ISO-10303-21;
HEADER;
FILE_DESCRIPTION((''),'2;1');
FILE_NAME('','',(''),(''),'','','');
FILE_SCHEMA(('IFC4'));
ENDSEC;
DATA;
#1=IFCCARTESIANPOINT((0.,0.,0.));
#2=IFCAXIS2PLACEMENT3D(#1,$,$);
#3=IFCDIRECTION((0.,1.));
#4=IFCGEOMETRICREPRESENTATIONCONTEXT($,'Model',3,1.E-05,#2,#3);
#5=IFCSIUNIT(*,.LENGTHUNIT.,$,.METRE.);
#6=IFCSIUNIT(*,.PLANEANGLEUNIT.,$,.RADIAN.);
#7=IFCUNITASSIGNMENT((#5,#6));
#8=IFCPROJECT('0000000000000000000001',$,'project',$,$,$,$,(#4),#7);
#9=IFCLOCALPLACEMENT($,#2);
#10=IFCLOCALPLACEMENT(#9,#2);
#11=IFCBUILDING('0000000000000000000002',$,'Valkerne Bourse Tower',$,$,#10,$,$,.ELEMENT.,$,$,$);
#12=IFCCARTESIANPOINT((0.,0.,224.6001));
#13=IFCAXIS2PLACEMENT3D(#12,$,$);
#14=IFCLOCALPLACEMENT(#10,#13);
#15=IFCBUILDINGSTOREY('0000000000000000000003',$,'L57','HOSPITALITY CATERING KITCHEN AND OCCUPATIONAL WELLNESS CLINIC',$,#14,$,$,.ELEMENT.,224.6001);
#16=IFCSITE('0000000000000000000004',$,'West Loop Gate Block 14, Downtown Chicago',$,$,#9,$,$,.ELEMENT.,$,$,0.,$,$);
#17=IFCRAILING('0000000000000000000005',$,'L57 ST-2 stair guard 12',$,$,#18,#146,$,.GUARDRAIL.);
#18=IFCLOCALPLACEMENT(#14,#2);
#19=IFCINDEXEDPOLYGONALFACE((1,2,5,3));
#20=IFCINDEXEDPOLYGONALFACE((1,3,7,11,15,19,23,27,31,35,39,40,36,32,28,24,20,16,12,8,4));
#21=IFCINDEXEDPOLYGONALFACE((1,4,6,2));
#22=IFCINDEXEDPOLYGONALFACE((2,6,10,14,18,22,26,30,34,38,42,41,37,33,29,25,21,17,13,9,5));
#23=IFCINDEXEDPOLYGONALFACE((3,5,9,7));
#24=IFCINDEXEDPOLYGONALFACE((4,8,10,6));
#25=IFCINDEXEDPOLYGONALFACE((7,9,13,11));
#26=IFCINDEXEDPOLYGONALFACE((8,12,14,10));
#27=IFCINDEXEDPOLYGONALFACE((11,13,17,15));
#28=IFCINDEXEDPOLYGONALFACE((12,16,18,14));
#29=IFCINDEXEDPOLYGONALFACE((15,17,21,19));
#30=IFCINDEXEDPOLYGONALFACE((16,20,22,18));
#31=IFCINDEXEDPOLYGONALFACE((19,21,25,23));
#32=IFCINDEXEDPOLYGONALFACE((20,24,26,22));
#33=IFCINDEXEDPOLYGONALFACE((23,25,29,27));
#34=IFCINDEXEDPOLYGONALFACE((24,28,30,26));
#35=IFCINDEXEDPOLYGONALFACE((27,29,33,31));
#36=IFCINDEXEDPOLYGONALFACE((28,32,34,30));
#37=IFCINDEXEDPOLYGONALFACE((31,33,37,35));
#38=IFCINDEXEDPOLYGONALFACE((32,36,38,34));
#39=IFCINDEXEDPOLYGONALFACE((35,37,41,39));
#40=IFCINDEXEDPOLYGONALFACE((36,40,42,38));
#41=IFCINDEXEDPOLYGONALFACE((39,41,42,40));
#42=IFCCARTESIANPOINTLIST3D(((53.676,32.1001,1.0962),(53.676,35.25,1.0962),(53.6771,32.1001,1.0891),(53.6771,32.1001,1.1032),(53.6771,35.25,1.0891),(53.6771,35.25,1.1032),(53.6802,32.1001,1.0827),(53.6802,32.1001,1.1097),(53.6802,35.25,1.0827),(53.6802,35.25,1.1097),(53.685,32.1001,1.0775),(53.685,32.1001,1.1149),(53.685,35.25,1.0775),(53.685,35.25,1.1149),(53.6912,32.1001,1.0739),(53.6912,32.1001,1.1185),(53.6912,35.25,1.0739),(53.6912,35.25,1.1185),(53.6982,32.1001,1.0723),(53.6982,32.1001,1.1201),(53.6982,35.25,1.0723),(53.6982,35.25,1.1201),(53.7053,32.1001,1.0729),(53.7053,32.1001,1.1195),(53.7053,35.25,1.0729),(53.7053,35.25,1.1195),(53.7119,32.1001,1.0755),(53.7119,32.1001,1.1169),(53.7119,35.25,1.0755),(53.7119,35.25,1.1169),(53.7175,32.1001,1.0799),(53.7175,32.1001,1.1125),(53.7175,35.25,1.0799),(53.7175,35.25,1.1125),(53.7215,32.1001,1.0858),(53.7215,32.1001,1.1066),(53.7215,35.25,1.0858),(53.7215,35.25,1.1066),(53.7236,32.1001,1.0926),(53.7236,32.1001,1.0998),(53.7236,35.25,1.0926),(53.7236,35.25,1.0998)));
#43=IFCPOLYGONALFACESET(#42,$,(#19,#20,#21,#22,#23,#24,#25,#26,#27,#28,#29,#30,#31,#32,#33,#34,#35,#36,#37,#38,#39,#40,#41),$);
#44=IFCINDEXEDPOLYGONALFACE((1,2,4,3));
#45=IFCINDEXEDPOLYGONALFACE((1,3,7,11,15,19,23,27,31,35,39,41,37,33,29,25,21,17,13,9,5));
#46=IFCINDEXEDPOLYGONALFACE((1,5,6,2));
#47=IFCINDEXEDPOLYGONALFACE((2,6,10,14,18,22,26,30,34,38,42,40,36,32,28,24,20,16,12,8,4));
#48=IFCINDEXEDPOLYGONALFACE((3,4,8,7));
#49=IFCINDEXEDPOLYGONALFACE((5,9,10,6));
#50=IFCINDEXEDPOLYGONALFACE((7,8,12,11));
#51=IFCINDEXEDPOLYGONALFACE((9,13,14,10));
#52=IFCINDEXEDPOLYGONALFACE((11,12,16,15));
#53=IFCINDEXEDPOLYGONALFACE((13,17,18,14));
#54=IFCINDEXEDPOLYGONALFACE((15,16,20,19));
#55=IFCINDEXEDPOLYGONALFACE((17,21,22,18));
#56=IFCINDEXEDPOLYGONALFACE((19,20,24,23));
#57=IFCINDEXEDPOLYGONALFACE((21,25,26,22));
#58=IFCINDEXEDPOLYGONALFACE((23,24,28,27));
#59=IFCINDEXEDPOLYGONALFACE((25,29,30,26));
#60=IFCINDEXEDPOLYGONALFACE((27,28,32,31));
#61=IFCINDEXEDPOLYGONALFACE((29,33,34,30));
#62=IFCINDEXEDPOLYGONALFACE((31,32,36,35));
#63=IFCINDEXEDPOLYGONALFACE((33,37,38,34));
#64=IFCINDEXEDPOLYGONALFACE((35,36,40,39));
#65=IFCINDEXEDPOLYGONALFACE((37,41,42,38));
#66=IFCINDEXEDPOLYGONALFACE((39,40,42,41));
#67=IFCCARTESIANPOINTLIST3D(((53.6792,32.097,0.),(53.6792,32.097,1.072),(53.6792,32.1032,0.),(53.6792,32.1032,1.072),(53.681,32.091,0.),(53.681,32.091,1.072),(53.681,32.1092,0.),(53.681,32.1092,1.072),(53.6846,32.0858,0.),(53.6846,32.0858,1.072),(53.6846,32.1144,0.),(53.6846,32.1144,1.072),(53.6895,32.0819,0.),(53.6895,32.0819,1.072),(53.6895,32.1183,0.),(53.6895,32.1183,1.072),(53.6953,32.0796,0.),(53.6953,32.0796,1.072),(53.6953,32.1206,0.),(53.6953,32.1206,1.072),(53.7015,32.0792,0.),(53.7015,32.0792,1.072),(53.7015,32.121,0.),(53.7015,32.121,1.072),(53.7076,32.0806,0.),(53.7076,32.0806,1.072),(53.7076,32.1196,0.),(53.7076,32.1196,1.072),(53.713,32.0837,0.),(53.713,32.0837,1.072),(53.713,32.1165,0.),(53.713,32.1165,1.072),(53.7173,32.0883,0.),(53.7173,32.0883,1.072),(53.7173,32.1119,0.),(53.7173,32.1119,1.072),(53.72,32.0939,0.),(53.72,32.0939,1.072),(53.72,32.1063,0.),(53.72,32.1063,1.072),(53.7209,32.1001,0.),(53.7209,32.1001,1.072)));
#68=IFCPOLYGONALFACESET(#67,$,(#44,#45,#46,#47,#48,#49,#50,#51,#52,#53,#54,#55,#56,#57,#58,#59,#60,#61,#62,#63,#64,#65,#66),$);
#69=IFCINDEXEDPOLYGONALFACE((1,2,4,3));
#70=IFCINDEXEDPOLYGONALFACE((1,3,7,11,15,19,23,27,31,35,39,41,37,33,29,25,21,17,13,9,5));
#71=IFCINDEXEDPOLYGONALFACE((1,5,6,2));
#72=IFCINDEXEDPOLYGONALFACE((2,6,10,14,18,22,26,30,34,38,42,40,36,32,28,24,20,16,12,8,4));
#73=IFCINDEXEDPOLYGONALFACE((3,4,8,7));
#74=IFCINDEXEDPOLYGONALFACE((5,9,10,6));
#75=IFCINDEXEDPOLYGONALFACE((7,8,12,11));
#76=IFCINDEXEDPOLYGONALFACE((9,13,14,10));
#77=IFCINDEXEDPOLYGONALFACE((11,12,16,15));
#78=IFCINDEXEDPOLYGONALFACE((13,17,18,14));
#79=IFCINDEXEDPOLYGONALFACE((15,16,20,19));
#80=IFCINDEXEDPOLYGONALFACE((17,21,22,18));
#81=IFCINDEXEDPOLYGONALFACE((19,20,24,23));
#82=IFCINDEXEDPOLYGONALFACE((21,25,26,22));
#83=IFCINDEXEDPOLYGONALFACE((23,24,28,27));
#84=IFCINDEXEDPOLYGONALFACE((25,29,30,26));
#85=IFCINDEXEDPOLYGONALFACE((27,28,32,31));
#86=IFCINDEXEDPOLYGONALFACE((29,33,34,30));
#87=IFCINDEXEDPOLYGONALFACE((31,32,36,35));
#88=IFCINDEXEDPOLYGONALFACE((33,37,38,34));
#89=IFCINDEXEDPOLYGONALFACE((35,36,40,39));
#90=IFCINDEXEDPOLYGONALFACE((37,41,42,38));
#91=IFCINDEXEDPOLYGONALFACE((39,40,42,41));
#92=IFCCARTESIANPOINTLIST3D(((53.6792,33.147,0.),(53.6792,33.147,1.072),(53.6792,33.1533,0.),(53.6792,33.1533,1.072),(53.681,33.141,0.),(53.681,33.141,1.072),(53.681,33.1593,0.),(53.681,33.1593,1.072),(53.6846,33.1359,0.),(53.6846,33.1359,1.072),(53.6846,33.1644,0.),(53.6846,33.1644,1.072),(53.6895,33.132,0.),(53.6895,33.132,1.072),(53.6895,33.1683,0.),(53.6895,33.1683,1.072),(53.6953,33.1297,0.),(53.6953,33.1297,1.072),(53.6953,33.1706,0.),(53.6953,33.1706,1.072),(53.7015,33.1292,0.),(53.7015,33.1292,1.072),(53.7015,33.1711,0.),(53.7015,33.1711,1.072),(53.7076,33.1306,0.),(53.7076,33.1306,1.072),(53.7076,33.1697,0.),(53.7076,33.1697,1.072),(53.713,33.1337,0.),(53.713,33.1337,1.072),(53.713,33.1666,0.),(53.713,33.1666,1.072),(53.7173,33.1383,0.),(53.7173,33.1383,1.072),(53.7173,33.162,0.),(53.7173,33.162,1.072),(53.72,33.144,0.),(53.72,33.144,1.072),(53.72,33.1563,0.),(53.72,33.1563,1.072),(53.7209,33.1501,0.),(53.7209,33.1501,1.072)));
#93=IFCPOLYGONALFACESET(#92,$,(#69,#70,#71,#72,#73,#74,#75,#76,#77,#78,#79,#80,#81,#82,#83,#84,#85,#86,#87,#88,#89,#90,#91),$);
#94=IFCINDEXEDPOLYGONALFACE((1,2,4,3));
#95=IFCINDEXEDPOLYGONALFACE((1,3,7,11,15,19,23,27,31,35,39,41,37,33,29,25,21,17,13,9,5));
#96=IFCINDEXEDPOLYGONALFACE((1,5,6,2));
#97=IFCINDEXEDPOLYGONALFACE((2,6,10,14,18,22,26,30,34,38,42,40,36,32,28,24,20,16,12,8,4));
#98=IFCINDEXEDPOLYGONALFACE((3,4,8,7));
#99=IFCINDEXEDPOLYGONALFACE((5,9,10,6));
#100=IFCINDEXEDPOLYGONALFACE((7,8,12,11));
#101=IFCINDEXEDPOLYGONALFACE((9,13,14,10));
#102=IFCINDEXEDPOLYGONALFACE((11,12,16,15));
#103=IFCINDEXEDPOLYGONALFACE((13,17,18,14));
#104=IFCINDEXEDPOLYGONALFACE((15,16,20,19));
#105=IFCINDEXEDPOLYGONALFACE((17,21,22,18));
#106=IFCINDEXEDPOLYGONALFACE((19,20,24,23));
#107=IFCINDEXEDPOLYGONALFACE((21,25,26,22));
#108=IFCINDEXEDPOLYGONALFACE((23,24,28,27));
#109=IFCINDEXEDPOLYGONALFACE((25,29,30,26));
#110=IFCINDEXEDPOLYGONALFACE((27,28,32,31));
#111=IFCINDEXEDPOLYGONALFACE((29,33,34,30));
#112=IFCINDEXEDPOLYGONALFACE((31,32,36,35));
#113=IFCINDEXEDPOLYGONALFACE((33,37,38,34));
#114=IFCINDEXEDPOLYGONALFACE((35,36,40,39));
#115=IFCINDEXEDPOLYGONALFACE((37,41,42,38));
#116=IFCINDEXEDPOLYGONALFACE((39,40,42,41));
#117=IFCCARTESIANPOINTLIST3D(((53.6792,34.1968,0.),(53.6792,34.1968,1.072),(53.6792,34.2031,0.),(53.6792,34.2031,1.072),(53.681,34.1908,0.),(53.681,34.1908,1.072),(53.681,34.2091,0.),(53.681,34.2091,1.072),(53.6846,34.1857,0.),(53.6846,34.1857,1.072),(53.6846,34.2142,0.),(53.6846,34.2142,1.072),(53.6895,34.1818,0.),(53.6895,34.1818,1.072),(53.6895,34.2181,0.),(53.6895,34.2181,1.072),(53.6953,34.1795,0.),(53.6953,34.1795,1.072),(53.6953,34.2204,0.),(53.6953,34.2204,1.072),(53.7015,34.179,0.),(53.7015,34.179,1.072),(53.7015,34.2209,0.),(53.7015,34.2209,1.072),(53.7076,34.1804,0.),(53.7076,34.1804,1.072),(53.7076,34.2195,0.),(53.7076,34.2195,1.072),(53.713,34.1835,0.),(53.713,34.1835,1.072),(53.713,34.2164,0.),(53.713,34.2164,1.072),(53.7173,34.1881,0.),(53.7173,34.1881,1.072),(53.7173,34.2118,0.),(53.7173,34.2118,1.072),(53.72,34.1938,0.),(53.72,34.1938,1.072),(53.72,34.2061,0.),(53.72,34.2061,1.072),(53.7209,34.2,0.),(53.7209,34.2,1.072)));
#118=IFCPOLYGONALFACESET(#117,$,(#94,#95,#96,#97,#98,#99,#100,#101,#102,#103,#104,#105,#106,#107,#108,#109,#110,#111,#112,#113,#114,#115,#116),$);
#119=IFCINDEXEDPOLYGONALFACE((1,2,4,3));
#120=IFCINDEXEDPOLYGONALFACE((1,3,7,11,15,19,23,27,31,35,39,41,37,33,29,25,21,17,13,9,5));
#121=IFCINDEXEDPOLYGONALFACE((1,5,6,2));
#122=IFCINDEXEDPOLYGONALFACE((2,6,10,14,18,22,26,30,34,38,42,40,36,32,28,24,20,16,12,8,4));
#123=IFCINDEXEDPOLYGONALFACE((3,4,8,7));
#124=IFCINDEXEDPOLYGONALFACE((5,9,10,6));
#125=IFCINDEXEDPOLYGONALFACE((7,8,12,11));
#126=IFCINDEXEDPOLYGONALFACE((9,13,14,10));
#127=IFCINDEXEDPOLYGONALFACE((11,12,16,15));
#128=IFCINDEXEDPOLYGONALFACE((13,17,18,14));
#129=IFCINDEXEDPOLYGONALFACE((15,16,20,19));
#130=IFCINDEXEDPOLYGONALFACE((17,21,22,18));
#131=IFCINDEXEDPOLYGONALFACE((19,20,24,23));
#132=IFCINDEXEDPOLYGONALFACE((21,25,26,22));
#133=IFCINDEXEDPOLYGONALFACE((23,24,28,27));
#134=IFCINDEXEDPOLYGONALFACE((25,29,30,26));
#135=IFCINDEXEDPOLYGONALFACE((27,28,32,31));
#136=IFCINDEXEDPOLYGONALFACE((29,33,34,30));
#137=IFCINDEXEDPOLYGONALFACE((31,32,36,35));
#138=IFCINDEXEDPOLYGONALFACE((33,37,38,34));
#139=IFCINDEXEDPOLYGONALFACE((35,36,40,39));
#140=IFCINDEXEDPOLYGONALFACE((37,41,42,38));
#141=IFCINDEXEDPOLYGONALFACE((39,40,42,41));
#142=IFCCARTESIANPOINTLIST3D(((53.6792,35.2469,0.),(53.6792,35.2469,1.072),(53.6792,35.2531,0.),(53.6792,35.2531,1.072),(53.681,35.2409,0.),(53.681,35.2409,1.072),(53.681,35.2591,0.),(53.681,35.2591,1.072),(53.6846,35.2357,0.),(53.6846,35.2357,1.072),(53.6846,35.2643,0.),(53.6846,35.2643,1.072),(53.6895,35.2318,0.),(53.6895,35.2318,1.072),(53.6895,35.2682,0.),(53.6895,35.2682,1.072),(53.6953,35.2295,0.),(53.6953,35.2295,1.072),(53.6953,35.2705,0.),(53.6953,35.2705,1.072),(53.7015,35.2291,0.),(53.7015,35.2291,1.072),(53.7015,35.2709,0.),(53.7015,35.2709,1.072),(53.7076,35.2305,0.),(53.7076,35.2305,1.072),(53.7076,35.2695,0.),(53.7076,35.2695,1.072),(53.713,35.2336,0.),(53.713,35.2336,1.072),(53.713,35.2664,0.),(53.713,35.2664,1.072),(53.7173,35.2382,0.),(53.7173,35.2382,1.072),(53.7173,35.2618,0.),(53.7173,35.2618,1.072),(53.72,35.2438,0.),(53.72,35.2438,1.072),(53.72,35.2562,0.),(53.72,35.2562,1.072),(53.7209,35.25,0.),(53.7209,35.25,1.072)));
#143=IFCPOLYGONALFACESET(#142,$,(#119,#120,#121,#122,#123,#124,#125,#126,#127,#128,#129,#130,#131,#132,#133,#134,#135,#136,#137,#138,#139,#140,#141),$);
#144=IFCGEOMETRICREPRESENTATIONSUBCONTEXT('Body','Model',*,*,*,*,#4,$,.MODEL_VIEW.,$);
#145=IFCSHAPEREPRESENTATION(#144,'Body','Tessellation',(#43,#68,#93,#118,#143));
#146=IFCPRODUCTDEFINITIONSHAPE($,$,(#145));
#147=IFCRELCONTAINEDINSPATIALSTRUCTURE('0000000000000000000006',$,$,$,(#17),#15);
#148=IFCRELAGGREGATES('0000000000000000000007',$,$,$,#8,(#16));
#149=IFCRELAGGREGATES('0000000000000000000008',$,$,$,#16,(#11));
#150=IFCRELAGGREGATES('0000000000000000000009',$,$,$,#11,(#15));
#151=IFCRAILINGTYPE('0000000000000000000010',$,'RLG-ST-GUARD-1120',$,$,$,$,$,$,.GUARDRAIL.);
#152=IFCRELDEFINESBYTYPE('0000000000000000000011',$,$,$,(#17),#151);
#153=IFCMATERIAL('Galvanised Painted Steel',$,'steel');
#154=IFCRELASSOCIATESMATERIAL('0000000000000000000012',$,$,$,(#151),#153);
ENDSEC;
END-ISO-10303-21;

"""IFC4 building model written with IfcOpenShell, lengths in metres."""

from ifc_helpers import new_model, si_unit, direction, frame, origin, origin_2d, place, context, subcontext, project, spatial, circle, extrude, material, type_object, element, save


model = new_model("IFC4")

# Units and contexts
model_context = context("Model", 3, precision=1e-05, world=origin(), true_north=direction((0.0, 1.0)))
body_context = subcontext(model_context, "Body", "Model", "MODEL_VIEW")
ifc_project = project(units=[si_unit("LENGTHUNIT", "METRE"), si_unit("PLANEANGLEUNIT", "RADIAN")], contexts=[model_context])

# Site, building, storey
site_placement = place(None, origin())
site = spatial("IfcSite", under=ifc_project, at=site_placement, Name="West Loop Gate Block 14, Downtown Chicago", CompositionType="ELEMENT", RefElevation=0.0)
building_placement = place(site_placement, origin())
building = spatial("IfcBuilding", under=site, at=building_placement, Name="Valkerne Bourse Tower", CompositionType="ELEMENT")
storey_placement = place(building_placement, frame((0.0, 0.0, 224.6001)))
storey = spatial("IfcBuildingStorey", under=building, at=storey_placement, Name="L57", Description="HOSPITALITY CATERING KITCHEN AND OCCUPATIONAL WELLNESS CLINIC", CompositionType="ELEMENT", Elevation=224.6001)

# Railing
ifc_material_1 = material(Name="Galvanised Painted Steel", Category="steel")
railing_type = type_object("IfcRailingType", Name="RLG-ST-GUARD-1120", PredefinedType="GUARDRAIL", material=ifc_material_1)
railing_1_placement = place(storey_placement, frame((53.7, 32.1001, 0.0)))
element("IfcRailing", 1, at=railing_1_placement, inside=storey, type_object=railing_type, Name="L57 ST-2 stair guard 12", PredefinedType="GUARDRAIL", context=body_context, shape_type="SweptSolid", body=[
    extrude(circle(Radius=0.0239, at=origin_2d()), frame((0.0, 0.0, 1.0962), z_axis=(0.0, 1.0, 0.0), x_axis=(-1.0, 0.0, 0.0)), (0.0, 0.0, 1.0), 3.1499),
    extrude(circle(Radius=0.021, at=origin_2d()), origin(), (0.0, 0.0, 1.0), 1.072),
    extrude(circle(Radius=0.021, at=origin_2d()), frame((0.0, 1.05, 0.0)), (0.0, 0.0, 1.0), 1.072),
    extrude(circle(Radius=0.021, at=origin_2d()), frame((0.0, 2.0999, 0.0)), (0.0, 0.0, 1.0), 1.072),
    extrude(circle(Radius=0.021, at=origin_2d()), frame((0.0, 3.1499, 0.0)), (0.0, 0.0, 1.0), 1.072),
])

save(model, "model.ifc")
